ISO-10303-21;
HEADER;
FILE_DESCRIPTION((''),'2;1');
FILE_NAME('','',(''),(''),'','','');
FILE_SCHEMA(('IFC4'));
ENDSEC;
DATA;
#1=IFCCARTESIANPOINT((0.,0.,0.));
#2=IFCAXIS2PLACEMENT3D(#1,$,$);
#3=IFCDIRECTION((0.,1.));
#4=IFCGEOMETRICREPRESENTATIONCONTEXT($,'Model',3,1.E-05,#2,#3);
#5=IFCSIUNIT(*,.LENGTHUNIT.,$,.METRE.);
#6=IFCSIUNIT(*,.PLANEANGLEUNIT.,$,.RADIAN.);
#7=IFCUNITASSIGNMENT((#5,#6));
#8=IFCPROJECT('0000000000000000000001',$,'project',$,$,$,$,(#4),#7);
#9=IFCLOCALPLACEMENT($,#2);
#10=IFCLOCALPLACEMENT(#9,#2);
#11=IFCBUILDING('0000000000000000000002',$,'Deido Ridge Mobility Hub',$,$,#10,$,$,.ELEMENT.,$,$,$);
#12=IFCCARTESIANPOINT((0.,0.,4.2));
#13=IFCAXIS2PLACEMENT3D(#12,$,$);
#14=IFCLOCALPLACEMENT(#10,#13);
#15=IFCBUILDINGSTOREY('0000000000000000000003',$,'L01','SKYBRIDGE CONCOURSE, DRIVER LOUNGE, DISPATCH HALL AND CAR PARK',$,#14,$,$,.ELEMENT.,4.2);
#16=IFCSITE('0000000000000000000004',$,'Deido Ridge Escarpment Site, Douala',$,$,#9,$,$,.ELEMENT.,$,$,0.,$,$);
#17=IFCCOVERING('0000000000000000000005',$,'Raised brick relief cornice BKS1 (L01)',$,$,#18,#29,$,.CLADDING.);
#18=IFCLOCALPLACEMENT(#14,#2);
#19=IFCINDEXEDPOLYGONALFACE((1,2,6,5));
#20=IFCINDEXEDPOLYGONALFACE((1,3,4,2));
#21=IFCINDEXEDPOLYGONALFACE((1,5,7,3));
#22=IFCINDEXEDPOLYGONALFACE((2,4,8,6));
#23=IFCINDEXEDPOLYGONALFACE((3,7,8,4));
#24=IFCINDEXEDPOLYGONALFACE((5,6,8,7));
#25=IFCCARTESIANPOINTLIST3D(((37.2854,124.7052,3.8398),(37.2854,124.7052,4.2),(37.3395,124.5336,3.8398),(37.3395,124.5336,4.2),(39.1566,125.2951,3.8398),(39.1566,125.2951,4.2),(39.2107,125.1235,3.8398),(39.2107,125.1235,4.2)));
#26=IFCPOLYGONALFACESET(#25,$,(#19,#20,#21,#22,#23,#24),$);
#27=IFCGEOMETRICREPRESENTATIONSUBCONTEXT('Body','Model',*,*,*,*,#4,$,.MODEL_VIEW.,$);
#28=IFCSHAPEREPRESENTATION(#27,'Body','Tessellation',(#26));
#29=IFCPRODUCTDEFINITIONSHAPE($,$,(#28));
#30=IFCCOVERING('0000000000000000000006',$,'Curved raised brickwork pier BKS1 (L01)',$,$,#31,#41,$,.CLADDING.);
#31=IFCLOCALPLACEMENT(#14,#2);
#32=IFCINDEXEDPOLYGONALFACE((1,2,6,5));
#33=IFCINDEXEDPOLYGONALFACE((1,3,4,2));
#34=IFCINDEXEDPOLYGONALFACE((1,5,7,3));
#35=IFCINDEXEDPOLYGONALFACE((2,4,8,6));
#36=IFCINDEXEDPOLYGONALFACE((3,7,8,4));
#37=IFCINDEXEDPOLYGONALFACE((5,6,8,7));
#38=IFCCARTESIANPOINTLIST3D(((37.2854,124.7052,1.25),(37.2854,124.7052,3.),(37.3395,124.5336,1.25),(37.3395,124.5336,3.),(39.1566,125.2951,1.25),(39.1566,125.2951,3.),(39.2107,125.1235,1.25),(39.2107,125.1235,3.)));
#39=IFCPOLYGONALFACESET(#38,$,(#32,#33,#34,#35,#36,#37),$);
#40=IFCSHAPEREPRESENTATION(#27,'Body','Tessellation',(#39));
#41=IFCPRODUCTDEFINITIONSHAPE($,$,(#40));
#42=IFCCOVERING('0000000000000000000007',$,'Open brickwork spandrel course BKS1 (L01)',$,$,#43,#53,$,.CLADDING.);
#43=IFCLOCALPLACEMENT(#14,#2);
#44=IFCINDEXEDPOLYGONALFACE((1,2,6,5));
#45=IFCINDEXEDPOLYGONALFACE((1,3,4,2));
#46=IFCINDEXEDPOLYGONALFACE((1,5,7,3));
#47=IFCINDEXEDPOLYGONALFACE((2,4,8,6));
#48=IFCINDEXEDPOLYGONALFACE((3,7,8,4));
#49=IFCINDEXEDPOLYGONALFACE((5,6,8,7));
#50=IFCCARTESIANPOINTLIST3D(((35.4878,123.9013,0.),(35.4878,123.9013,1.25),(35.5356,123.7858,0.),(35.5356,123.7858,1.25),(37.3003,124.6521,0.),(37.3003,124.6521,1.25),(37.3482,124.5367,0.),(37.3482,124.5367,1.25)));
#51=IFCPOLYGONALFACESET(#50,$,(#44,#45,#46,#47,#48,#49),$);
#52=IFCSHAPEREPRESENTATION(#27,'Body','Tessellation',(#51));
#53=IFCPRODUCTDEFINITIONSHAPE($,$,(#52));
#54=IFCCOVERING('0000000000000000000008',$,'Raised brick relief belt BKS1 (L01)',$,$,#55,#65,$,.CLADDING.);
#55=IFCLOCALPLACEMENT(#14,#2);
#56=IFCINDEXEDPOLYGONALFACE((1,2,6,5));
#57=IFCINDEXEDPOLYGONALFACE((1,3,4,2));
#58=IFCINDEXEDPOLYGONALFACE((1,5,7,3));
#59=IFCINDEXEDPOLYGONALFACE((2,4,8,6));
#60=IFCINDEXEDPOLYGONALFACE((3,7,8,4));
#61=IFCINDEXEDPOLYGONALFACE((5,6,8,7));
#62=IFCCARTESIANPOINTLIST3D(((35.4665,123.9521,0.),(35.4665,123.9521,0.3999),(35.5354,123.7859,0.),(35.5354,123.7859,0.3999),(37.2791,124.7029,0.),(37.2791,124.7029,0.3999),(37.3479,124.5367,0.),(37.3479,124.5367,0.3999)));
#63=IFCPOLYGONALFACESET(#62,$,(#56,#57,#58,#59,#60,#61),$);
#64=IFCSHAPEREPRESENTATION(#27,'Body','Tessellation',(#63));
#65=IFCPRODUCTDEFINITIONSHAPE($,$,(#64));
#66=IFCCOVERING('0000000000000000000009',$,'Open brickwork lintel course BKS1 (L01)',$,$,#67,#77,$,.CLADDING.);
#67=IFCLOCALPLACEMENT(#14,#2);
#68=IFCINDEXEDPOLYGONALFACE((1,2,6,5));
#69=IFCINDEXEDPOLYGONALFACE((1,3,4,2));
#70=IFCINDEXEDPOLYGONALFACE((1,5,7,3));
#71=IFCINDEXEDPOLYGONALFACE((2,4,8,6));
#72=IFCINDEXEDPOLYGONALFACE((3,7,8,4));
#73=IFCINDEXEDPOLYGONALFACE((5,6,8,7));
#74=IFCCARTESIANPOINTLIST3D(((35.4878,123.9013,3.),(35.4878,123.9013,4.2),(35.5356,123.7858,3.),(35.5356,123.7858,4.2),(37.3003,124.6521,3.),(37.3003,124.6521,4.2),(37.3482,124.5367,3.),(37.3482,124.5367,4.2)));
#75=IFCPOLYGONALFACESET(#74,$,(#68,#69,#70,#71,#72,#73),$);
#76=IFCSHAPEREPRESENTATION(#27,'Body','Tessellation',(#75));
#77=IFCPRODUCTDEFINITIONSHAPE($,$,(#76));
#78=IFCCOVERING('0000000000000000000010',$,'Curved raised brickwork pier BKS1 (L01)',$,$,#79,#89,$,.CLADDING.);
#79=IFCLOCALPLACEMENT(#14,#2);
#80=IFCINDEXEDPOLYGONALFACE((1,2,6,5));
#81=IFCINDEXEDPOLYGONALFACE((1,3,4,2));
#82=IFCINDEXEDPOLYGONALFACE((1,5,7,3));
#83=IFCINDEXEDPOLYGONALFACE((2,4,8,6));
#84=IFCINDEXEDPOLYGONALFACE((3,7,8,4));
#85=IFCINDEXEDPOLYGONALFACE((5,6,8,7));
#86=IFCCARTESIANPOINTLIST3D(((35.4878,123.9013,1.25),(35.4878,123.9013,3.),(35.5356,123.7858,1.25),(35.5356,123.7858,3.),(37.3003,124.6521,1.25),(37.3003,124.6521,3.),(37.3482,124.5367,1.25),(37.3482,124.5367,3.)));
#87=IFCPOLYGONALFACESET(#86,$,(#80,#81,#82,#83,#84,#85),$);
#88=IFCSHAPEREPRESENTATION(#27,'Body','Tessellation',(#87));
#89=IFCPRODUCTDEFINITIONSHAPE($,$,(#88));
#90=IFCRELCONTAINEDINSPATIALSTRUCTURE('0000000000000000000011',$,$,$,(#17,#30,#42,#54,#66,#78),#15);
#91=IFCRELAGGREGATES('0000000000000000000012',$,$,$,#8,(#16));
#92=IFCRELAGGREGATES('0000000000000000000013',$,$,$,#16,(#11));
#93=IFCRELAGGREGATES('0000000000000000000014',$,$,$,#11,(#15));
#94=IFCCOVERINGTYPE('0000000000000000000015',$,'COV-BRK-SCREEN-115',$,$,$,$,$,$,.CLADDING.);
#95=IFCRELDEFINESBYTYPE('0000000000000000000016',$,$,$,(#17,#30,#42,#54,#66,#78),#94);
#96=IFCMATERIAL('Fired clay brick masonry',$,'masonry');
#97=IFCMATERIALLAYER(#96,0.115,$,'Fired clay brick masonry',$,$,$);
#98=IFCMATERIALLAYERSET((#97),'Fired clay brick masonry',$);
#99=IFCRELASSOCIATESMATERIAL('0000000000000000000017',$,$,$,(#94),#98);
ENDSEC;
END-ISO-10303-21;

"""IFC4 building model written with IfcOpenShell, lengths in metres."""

from ifc_helpers import new_model, si_unit, direction, frame, origin, origin_2d, place, context, subcontext, project, spatial, rectangle, extrude, material, layer, layer_set, type_object, element, save


model = new_model("IFC4")

# Units and contexts
model_context = context("Model", 3, precision=1e-05, world=origin(), true_north=direction((0.0, 1.0)))
body_context = subcontext(model_context, "Body", "Model", "MODEL_VIEW")
ifc_project = project(units=[si_unit("LENGTHUNIT", "METRE"), si_unit("PLANEANGLEUNIT", "RADIAN")], contexts=[model_context])

# Site, building, storey
site_placement = place(None, origin())
site = spatial("IfcSite", under=ifc_project, at=site_placement, Name="Deido Ridge Escarpment Site, Douala", CompositionType="ELEMENT", RefElevation=0.0)
building_placement = place(site_placement, origin())
building = spatial("IfcBuilding", under=site, at=building_placement, Name="Deido Ridge Mobility Hub", CompositionType="ELEMENT")
storey_placement = place(building_placement, frame((0.0, 0.0, 4.2)))
storey = spatial("IfcBuildingStorey", under=building, at=storey_placement, Name="L01", Description="SKYBRIDGE CONCOURSE, DRIVER LOUNGE, DISPATCH HALL AND CAR PARK", CompositionType="ELEMENT", Elevation=4.2)

# Coverings
ifc_material_1 = material(Name="Fired clay brick masonry", Category="masonry")
ifc_layer = layer(ifc_material_1, 0.115, Name="Fired clay brick masonry")
ifc_layer_set = layer_set([ifc_layer], Name="Fired clay brick masonry")
covering_type = type_object("IfcCoveringType", Name="COV-BRK-SCREEN-115", PredefinedType="CLADDING", material=ifc_layer_set)
covering_1_placement = place(storey_placement, frame((38.248, 124.9143, 3.8398), z_axis=(0.0, 0.0, 1.0), x_axis=(-0.953727, -0.300673, 0.0)))
element("IfcCovering", 1, at=covering_1_placement, inside=storey, type_object=covering_type, Name="Raised brick relief cornice BKS1 (L01)", PredefinedType="CLADDING", context=body_context, shape_type="SweptSolid", body=[
    extrude(rectangle(XDim=1.9619, YDim=0.1799, at=origin_2d()), origin(), (0.0, 0.0, 1.0), 0.3601),
])
covering_2_placement = place(storey_placement, frame((38.248, 124.9143, 1.25), z_axis=(0.0, 0.0, 1.0), x_axis=(-0.953727, -0.300673, 0.0)))
element("IfcCovering", 2, at=covering_2_placement, inside=storey, type_object=covering_type, Name="Curved raised brickwork pier BKS1 (L01)", PredefinedType="CLADDING", context=body_context, shape_type="SweptSolid", body=[
    extrude(rectangle(XDim=1.9619, YDim=0.1799, at=origin_2d()), origin(), (0.0, 0.0, 1.0), 1.75),
])
covering_3_placement = place(storey_placement, frame((36.418, 124.219, 0.0), z_axis=(0.0, 0.0, 1.0), x_axis=(-0.923873, -0.3827, 0.0)))
element("IfcCovering", 3, at=covering_3_placement, inside=storey, type_object=covering_type, Name="Open brickwork spandrel course BKS1 (L01)", PredefinedType="CLADDING", context=body_context, shape_type="SweptSolid", body=[
    extrude(rectangle(XDim=1.9619, YDim=0.125, at=origin_2d()), origin(), (0.0, 0.0, 1.0), 1.25),
])
covering_4_placement = place(storey_placement, frame((36.4072, 124.2444, 0.0), z_axis=(0.0, 0.0, 1.0), x_axis=(-0.923873, -0.3827, 0.0)))
element("IfcCovering", 4, at=covering_4_placement, inside=storey, type_object=covering_type, Name="Raised brick relief belt BKS1 (L01)", PredefinedType="CLADDING", context=body_context, shape_type="SweptSolid", body=[
    extrude(rectangle(XDim=1.9619, YDim=0.1799, at=origin_2d()), origin(), (0.0, 0.0, 1.0), 0.3999),
])
covering_5_placement = place(storey_placement, frame((36.418, 124.219, 3.0), z_axis=(0.0, 0.0, 1.0), x_axis=(-0.923873, -0.3827, 0.0)))
element("IfcCovering", 5, at=covering_5_placement, inside=storey, type_object=covering_type, Name="Open brickwork lintel course BKS1 (L01)", PredefinedType="CLADDING", context=body_context, shape_type="SweptSolid", body=[
    extrude(rectangle(XDim=1.9619, YDim=0.125, at=origin_2d()), origin(), (0.0, 0.0, 1.0), 1.2),
])
covering_6_placement = place(storey_placement, frame((36.418, 124.219, 1.25), z_axis=(0.0, 0.0, 1.0), x_axis=(-0.923873, -0.3827, 0.0)))
element("IfcCovering", 6, at=covering_6_placement, inside=storey, type_object=covering_type, Name="Curved raised brickwork pier BKS1 (L01)", PredefinedType="CLADDING", context=body_context, shape_type="SweptSolid", body=[
    extrude(rectangle(XDim=1.9619, YDim=0.125, at=origin_2d()), origin(), (0.0, 0.0, 1.0), 1.75),
])

save(model, "model.ifc")
